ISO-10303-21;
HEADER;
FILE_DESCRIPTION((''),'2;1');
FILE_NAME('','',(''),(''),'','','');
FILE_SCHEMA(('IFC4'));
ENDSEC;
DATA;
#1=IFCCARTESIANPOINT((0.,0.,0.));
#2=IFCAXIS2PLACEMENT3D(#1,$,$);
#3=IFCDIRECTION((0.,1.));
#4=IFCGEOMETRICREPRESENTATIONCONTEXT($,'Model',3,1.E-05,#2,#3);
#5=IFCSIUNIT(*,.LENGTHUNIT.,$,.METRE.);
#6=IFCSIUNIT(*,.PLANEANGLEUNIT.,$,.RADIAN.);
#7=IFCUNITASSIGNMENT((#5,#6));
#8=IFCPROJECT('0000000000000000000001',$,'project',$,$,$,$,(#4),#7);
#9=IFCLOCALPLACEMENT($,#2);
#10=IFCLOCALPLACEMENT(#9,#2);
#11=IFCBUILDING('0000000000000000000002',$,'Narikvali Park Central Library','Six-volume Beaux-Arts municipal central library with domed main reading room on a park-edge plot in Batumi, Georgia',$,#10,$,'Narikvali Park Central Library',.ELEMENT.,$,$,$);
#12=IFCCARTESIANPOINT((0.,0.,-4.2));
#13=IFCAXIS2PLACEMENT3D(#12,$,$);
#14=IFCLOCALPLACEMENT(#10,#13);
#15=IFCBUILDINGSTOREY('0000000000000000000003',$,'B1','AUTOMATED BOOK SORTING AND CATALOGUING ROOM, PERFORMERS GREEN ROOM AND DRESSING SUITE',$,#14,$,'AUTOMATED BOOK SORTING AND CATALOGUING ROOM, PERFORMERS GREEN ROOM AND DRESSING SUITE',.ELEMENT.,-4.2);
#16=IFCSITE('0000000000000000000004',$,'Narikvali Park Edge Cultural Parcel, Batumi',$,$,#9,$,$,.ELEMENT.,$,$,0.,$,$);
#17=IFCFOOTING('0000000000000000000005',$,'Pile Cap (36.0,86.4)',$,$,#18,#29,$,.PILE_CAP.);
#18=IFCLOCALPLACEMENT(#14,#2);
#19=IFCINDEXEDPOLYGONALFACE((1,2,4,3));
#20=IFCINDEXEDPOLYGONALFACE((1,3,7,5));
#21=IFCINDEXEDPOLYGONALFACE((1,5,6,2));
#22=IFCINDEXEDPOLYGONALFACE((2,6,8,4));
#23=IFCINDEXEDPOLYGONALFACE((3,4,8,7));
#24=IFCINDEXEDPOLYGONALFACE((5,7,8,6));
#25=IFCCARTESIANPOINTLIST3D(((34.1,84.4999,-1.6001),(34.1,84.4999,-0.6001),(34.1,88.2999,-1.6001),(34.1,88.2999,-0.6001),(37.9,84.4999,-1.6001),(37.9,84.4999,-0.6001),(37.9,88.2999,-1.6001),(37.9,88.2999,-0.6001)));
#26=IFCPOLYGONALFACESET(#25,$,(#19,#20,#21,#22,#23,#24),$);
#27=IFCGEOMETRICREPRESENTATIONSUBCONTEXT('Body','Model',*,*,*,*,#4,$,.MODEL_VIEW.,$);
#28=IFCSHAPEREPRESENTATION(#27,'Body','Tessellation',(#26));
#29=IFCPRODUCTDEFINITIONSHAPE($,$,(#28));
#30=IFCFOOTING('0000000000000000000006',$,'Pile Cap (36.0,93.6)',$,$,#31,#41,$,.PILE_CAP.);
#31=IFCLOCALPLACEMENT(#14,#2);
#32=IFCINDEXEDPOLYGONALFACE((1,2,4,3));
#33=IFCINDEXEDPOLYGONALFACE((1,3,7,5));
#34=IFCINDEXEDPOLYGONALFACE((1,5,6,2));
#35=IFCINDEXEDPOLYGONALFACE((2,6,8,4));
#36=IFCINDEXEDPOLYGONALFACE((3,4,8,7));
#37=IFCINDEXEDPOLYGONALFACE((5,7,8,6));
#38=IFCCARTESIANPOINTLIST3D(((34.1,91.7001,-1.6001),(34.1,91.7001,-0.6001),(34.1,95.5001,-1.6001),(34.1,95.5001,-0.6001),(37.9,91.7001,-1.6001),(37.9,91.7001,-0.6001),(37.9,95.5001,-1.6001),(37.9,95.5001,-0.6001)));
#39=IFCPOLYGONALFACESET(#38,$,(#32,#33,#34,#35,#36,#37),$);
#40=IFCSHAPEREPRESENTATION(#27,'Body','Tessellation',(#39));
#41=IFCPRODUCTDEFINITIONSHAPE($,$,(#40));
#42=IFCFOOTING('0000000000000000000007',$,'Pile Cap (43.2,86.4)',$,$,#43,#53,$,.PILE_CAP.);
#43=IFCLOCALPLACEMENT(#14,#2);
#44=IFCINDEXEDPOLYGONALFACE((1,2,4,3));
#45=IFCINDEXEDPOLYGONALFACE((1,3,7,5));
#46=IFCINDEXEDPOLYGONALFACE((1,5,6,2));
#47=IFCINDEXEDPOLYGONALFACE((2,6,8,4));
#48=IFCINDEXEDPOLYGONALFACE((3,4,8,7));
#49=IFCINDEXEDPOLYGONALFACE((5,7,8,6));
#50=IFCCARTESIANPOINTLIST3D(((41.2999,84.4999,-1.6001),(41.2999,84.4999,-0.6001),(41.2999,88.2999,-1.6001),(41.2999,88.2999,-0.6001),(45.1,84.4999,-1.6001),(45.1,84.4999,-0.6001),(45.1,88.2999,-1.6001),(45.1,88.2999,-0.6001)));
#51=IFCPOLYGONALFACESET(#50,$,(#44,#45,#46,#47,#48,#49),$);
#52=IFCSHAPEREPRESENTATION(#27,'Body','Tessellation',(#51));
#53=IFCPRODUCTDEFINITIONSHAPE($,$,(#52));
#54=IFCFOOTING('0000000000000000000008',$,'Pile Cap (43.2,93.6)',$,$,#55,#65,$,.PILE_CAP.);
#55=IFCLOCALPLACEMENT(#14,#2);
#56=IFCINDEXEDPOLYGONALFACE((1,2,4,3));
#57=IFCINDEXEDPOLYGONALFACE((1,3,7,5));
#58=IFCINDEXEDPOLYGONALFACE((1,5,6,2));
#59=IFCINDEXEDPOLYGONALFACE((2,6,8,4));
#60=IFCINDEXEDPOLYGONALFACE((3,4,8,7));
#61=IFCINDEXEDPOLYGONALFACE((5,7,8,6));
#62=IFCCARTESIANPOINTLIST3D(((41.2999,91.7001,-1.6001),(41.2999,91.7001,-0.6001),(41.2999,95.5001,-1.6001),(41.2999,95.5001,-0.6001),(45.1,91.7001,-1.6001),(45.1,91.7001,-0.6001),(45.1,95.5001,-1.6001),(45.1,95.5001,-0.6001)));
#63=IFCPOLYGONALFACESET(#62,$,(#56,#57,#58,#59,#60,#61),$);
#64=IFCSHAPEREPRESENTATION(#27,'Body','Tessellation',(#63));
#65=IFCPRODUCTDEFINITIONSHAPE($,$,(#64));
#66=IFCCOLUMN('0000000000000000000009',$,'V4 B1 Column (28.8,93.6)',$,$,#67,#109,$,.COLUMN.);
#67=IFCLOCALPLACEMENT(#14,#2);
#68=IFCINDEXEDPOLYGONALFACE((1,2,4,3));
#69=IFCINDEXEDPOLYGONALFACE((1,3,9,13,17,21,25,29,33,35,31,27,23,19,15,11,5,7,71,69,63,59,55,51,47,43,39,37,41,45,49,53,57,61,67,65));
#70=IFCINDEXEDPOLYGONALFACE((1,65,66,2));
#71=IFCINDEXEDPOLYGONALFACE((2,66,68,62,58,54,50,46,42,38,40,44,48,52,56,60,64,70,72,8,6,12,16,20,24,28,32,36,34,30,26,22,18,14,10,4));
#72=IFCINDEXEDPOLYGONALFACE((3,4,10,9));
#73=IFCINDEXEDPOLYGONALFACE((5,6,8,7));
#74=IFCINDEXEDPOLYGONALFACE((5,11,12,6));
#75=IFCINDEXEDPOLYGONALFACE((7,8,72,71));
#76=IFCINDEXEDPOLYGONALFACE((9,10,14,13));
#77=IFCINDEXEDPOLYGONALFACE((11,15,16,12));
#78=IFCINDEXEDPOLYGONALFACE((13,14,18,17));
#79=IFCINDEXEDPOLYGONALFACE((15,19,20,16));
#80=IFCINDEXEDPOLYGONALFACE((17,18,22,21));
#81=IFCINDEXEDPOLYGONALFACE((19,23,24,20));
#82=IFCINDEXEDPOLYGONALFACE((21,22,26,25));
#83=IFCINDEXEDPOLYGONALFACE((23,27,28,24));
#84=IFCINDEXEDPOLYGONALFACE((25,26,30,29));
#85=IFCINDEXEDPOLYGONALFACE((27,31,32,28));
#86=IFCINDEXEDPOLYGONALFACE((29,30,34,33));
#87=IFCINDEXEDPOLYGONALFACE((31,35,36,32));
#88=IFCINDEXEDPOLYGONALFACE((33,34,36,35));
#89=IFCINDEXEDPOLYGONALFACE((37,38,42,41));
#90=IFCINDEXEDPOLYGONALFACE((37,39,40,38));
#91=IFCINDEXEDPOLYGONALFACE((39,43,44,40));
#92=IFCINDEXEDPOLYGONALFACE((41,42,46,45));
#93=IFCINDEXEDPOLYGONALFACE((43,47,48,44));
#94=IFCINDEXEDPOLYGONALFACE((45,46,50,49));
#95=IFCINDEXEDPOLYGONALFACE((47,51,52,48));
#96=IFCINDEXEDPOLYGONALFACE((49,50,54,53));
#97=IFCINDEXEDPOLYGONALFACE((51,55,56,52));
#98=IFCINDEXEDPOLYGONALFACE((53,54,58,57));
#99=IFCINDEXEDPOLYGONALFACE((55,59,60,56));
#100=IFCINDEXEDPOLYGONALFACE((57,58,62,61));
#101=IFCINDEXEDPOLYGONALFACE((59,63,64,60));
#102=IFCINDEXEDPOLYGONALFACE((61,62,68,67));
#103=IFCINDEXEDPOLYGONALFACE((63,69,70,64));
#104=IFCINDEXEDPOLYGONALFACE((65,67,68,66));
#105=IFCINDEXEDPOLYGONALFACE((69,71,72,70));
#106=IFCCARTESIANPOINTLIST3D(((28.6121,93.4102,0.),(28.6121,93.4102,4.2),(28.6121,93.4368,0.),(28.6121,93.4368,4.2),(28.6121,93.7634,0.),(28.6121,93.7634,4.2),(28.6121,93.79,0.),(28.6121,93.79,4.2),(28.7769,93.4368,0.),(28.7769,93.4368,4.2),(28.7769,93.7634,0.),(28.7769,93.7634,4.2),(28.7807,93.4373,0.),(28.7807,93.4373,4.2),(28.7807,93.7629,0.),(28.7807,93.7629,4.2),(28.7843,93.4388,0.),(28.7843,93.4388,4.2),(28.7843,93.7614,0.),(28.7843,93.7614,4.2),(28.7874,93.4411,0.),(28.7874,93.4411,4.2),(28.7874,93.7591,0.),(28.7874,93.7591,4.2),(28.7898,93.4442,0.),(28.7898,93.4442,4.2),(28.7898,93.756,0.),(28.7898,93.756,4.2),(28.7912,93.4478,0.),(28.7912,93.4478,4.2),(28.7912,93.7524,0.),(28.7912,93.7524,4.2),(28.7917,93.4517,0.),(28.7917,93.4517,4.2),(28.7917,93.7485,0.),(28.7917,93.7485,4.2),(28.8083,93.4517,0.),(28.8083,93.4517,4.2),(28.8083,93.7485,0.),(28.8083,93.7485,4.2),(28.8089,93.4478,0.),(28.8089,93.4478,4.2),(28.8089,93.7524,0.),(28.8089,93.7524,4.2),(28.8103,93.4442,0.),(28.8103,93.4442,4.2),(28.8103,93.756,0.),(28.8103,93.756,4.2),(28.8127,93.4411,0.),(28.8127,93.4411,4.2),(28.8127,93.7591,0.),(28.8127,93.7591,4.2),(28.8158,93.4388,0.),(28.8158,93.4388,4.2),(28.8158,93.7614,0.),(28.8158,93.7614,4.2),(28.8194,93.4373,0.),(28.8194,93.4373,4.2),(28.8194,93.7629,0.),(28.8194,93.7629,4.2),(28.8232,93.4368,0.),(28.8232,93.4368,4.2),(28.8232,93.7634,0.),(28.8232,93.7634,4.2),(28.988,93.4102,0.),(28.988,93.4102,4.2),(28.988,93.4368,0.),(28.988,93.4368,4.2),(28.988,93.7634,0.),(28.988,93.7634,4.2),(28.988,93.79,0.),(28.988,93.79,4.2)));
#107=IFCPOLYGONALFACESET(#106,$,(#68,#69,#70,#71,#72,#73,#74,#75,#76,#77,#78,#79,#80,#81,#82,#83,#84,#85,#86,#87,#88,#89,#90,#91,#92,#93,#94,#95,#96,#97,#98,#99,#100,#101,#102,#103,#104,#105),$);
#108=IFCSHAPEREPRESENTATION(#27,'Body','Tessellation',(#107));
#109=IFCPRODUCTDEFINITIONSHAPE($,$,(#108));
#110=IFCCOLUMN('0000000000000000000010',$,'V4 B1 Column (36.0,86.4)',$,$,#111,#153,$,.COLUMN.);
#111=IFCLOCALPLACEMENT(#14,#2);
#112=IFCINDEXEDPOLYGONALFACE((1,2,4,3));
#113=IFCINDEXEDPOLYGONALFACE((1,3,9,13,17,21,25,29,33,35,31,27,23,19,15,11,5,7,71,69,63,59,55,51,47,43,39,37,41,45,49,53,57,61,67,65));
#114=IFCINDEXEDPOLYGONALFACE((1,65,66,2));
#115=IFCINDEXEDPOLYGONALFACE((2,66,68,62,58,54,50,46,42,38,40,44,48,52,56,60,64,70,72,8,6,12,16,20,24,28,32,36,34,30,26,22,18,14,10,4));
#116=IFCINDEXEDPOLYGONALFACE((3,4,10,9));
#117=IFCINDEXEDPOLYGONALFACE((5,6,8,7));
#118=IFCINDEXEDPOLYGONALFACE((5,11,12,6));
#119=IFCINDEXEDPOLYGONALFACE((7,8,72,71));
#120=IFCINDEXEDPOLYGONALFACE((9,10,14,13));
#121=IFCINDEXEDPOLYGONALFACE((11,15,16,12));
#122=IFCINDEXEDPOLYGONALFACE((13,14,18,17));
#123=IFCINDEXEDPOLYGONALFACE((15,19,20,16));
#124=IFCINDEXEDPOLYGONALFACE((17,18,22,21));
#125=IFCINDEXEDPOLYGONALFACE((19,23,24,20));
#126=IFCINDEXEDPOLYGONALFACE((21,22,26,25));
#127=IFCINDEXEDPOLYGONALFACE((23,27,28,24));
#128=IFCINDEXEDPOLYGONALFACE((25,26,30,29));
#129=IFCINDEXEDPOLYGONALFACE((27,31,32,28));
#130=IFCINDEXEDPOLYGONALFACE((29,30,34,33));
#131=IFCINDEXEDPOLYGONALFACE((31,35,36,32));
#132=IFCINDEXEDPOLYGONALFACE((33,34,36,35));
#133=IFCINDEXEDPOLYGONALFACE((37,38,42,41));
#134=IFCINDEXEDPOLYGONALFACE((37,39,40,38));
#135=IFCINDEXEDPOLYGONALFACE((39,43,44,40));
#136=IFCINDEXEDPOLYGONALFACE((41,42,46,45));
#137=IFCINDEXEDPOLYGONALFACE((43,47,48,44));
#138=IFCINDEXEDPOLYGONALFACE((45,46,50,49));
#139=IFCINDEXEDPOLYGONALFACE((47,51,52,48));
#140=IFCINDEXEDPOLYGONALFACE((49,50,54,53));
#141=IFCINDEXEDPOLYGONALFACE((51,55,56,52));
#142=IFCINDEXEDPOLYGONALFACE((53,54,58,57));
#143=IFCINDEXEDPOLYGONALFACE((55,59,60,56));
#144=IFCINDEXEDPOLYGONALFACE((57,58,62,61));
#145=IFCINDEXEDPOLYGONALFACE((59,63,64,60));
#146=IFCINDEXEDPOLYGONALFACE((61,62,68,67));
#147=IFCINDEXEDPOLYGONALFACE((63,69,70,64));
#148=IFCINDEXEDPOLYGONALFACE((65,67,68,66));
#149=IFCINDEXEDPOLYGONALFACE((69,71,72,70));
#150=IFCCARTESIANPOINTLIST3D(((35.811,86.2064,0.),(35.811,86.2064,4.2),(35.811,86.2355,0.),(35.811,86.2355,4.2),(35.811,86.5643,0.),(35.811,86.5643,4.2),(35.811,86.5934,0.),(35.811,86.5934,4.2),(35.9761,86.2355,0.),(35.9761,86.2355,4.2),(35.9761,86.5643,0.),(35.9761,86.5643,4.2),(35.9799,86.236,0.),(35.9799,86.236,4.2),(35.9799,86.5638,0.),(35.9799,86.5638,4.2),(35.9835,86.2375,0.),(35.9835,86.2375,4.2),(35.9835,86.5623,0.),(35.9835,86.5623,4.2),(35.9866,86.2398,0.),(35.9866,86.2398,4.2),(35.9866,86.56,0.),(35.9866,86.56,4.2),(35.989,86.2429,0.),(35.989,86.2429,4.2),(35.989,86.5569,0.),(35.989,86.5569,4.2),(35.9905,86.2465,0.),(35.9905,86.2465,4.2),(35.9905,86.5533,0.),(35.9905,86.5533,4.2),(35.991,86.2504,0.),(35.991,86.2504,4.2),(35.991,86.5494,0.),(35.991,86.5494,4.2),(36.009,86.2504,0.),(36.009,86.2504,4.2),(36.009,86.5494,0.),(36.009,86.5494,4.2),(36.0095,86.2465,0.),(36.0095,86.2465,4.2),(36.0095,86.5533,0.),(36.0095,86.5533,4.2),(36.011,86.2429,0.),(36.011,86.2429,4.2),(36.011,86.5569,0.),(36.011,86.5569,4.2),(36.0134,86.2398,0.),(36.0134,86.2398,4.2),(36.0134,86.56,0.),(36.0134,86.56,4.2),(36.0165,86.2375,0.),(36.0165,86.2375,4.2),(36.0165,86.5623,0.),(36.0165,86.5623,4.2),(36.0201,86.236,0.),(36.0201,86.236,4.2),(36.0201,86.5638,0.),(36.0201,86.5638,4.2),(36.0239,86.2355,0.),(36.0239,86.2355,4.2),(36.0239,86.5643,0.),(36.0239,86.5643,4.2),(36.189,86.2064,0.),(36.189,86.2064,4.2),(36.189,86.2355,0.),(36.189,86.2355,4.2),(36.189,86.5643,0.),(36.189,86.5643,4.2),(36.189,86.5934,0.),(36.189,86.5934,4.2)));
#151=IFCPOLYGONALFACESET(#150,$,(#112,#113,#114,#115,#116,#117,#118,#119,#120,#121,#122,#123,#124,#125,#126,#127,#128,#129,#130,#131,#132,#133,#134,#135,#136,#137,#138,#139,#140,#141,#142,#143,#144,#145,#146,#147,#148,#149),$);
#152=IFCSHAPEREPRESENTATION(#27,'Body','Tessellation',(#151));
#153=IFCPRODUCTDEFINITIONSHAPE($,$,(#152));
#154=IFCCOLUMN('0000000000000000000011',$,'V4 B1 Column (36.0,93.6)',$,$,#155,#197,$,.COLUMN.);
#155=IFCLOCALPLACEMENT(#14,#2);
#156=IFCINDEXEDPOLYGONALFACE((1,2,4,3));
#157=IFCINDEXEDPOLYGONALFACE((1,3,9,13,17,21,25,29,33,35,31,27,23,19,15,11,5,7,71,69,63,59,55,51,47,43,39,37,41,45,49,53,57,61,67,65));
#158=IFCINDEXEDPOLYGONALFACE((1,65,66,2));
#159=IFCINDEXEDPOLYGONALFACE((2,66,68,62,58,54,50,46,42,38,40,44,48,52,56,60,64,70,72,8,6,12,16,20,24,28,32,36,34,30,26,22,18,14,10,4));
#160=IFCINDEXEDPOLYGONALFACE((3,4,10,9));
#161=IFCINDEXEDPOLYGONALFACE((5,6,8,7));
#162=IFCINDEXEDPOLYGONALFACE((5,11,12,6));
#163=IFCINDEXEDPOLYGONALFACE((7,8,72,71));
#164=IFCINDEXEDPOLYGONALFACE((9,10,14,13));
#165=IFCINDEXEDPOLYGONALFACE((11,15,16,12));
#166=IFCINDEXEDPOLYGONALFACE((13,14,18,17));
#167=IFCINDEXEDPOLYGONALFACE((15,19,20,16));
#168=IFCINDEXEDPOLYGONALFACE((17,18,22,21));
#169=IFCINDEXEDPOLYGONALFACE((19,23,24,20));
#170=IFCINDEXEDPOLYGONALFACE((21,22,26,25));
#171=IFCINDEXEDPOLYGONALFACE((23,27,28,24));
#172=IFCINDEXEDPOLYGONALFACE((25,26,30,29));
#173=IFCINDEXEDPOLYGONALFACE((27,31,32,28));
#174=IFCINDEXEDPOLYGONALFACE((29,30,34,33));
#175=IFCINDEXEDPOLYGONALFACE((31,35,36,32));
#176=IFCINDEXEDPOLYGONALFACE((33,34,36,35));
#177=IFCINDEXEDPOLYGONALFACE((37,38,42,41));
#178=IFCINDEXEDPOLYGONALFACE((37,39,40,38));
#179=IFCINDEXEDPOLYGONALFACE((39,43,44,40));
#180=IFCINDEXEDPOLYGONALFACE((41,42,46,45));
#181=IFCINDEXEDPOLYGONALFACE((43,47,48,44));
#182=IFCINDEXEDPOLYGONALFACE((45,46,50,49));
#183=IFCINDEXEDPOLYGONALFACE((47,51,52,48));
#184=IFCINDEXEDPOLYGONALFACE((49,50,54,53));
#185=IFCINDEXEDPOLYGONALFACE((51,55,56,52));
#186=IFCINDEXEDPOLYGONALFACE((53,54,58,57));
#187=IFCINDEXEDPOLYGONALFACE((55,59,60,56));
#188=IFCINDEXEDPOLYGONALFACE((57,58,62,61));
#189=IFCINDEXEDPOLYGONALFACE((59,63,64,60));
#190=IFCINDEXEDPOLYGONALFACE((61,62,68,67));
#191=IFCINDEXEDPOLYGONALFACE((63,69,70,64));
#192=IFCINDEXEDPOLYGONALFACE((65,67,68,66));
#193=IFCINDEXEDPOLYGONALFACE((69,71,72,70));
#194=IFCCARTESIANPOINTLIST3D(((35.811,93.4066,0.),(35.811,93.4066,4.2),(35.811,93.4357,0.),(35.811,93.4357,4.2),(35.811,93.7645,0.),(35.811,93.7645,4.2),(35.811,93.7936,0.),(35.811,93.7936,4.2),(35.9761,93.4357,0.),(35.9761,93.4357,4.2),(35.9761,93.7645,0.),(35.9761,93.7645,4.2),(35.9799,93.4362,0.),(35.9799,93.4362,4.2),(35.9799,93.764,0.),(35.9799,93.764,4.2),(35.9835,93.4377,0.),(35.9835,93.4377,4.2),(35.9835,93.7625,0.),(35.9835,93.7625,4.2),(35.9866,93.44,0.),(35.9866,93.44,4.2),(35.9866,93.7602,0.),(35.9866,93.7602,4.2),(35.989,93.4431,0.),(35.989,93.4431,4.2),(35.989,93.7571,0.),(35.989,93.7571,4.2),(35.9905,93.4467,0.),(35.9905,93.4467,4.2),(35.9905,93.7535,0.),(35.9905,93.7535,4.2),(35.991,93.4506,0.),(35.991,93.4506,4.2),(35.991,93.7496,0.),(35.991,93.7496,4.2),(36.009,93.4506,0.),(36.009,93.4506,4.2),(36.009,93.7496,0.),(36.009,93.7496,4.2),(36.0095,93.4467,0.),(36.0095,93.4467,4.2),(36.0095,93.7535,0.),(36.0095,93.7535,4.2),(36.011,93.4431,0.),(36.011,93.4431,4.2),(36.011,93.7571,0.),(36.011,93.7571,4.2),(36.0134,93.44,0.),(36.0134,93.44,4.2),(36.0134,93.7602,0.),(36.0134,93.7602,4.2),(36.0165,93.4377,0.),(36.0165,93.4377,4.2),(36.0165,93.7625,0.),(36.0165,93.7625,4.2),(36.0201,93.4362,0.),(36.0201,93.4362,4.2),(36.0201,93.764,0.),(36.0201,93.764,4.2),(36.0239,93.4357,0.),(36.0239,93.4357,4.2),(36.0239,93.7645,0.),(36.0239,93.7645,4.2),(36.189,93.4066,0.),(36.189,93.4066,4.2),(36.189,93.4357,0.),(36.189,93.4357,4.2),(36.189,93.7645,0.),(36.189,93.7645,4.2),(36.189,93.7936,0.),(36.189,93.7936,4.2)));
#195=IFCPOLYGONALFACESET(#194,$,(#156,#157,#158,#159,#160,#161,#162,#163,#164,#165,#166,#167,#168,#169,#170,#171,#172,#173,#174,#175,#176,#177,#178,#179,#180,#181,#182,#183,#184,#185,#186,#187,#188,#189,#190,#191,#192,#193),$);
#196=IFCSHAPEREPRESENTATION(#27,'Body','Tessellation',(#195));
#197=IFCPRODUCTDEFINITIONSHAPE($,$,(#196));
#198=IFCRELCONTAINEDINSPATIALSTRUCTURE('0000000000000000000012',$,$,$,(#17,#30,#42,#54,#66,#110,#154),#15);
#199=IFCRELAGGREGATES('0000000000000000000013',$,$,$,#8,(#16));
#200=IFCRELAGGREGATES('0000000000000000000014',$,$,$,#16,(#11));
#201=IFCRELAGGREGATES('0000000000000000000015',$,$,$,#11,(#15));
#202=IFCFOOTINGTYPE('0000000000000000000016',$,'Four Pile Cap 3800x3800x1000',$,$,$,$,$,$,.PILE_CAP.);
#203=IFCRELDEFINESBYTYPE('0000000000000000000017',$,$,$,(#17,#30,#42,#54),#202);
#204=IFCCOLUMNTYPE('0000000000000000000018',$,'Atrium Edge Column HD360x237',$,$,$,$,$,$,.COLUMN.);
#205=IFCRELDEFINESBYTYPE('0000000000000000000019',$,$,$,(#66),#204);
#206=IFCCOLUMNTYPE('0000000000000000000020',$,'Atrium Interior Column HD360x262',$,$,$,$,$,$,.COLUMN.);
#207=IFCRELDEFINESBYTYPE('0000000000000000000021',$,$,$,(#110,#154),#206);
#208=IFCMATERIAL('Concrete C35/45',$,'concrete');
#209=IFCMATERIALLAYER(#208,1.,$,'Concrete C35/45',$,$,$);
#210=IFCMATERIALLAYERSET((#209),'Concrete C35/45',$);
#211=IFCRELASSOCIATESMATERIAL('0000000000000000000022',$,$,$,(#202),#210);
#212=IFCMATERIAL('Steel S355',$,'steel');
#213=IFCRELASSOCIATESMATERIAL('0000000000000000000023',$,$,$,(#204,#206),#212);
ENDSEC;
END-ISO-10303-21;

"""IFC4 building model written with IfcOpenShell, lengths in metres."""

from ifc_helpers import new_model, si_unit, direction, frame, origin, origin_2d, place, context, subcontext, project, spatial, rectangle, i_section, extrude, material, layer, layer_set, material_profile, profile_set, type_object, element, save


model = new_model("IFC4")

# Units and contexts
model_context = context("Model", 3, precision=1e-05, world=origin(), true_north=direction((0.0, 1.0)))
body_context = subcontext(model_context, "Body", "Model", "MODEL_VIEW")
ifc_project = project(units=[si_unit("LENGTHUNIT", "METRE"), si_unit("PLANEANGLEUNIT", "RADIAN")], contexts=[model_context])

# Site, building, storey
site_placement = place(None, origin())
site = spatial("IfcSite", under=ifc_project, at=site_placement, Name="Narikvali Park Edge Cultural Parcel, Batumi", CompositionType="ELEMENT", RefElevation=0.0)
building_placement = place(site_placement, origin())
building = spatial("IfcBuilding", under=site, at=building_placement, Name="Narikvali Park Central Library", Description="Six-volume Beaux-Arts municipal central library with domed main reading room on a park-edge plot in Batumi, Georgia", LongName="Narikvali Park Central Library", CompositionType="ELEMENT")
storey_placement = place(building_placement, frame((0.0, 0.0, -4.2)))
storey = spatial("IfcBuildingStorey", under=building, at=storey_placement, Name="B1", Description="AUTOMATED BOOK SORTING AND CATALOGUING ROOM, PERFORMERS GREEN ROOM AND DRESSING SUITE", LongName="AUTOMATED BOOK SORTING AND CATALOGUING ROOM, PERFORMERS GREEN ROOM AND DRESSING SUITE", CompositionType="ELEMENT", Elevation=-4.2)

# Shared definitions
ifc_material_1 = material(Name="Concrete C35/45", Category="concrete")

# Footings
ifc_layer_1 = layer(ifc_material_1, 1.0, Name="Concrete C35/45")
ifc_layer_set_1 = layer_set([ifc_layer_1], Name="Concrete C35/45")
footing_type_1 = type_object("IfcFootingType", Name="Four Pile Cap 3800x3800x1000", PredefinedType="PILE_CAP", material=ifc_layer_set_1)
for number, where, z_axis, x_axis, name in (
    (1, (36.0, 86.3999, -1.6001), (0.0, 0.0, 1.0), (1.0, 0.0, 0.0), "Pile Cap (36.0,86.4)"),
    (2, (36.0, 93.6001, -1.6001), (0.0, 0.0, 1.0), (1.0, 0.0, 0.0), "Pile Cap (36.0,93.6)"),
    (3, (43.2, 86.3999, -1.6001), (0.0, 0.0, 1.0), (1.0, 0.0, 0.0), "Pile Cap (43.2,86.4)"),
    (4, (43.2, 93.6001, -1.6001), (0.0, 0.0, 1.0), (1.0, 0.0, 0.0), "Pile Cap (43.2,93.6)"),
):
    element("IfcFooting", number, at=place(storey_placement, frame(where, z_axis=z_axis, x_axis=x_axis)), inside=storey, type_object=footing_type_1, Name=name, PredefinedType="PILE_CAP", context=body_context, shape_type="SweptSolid", body=[
        extrude(rectangle(XDim=3.8, YDim=3.8, at=origin_2d()), origin(), (0.0, 0.0, 1.0), 1.0),
    ])

# Columns
ifc_material_2 = material(Name="Steel S355", Category="steel")
ifc_material_profile_1 = material_profile(ifc_material_2, i_section(OverallWidth=0.376, OverallDepth=0.3799, WebThickness=0.0166, FlangeThickness=0.0266, FilletRadius=0.0149, at=origin_2d()), Name="HD 360x237")
ifc_profile_set_1 = profile_set([ifc_material_profile_1], Name="Steel S355")
column_type_1 = type_object("IfcColumnType", Name="Atrium Edge Column HD360x237", PredefinedType="COLUMN", material=ifc_profile_set_1)
column_placement = place(storey_placement, frame((28.8, 93.6001, 0.0), z_axis=(0.0, 0.0, 1.0), x_axis=(1.0, 0.0, 0.0)))
element("IfcColumn", 5, at=column_placement, inside=storey, type_object=column_type_1, Name="V4 B1 Column (28.8,93.6)", PredefinedType="COLUMN", context=body_context, shape_type="SweptSolid", body=[
    extrude(i_section(OverallWidth=0.376, OverallDepth=0.3799, WebThickness=0.0166, FlangeThickness=0.0266, FilletRadius=0.0149, at=origin_2d()), origin(), (0.0, 0.0, 1.0), 4.2),
])
ifc_material_profile_2 = material_profile(ifc_material_2, i_section(OverallWidth=0.3779, OverallDepth=0.387, WebThickness=0.0181, FlangeThickness=0.0291, FilletRadius=0.0149, at=origin_2d()), Name="HD 360x262")
ifc_profile_set_2 = profile_set([ifc_material_profile_2], Name="Steel S355")
column_type_2 = type_object("IfcColumnType", Name="Atrium Interior Column HD360x262", PredefinedType="COLUMN", material=ifc_profile_set_2)
for number, where, z_axis, x_axis, name in (
    (6, (36.0, 86.3999, 0.0), (0.0, 0.0, 1.0), (1.0, 0.0, 0.0), "V4 B1 Column (36.0,86.4)"),
    (7, (36.0, 93.6001, 0.0), (0.0, 0.0, 1.0), (1.0, 0.0, 0.0), "V4 B1 Column (36.0,93.6)"),
):
    element("IfcColumn", number, at=place(storey_placement, frame(where, z_axis=z_axis, x_axis=x_axis)), inside=storey, type_object=column_type_2, Name=name, PredefinedType="COLUMN", context=body_context, shape_type="SweptSolid", body=[
        extrude(i_section(OverallWidth=0.3779, OverallDepth=0.387, WebThickness=0.0181, FlangeThickness=0.0291, FilletRadius=0.0149, at=origin_2d()), origin(), (0.0, 0.0, 1.0), 4.2),
    ])

save(model, "model.ifc")
